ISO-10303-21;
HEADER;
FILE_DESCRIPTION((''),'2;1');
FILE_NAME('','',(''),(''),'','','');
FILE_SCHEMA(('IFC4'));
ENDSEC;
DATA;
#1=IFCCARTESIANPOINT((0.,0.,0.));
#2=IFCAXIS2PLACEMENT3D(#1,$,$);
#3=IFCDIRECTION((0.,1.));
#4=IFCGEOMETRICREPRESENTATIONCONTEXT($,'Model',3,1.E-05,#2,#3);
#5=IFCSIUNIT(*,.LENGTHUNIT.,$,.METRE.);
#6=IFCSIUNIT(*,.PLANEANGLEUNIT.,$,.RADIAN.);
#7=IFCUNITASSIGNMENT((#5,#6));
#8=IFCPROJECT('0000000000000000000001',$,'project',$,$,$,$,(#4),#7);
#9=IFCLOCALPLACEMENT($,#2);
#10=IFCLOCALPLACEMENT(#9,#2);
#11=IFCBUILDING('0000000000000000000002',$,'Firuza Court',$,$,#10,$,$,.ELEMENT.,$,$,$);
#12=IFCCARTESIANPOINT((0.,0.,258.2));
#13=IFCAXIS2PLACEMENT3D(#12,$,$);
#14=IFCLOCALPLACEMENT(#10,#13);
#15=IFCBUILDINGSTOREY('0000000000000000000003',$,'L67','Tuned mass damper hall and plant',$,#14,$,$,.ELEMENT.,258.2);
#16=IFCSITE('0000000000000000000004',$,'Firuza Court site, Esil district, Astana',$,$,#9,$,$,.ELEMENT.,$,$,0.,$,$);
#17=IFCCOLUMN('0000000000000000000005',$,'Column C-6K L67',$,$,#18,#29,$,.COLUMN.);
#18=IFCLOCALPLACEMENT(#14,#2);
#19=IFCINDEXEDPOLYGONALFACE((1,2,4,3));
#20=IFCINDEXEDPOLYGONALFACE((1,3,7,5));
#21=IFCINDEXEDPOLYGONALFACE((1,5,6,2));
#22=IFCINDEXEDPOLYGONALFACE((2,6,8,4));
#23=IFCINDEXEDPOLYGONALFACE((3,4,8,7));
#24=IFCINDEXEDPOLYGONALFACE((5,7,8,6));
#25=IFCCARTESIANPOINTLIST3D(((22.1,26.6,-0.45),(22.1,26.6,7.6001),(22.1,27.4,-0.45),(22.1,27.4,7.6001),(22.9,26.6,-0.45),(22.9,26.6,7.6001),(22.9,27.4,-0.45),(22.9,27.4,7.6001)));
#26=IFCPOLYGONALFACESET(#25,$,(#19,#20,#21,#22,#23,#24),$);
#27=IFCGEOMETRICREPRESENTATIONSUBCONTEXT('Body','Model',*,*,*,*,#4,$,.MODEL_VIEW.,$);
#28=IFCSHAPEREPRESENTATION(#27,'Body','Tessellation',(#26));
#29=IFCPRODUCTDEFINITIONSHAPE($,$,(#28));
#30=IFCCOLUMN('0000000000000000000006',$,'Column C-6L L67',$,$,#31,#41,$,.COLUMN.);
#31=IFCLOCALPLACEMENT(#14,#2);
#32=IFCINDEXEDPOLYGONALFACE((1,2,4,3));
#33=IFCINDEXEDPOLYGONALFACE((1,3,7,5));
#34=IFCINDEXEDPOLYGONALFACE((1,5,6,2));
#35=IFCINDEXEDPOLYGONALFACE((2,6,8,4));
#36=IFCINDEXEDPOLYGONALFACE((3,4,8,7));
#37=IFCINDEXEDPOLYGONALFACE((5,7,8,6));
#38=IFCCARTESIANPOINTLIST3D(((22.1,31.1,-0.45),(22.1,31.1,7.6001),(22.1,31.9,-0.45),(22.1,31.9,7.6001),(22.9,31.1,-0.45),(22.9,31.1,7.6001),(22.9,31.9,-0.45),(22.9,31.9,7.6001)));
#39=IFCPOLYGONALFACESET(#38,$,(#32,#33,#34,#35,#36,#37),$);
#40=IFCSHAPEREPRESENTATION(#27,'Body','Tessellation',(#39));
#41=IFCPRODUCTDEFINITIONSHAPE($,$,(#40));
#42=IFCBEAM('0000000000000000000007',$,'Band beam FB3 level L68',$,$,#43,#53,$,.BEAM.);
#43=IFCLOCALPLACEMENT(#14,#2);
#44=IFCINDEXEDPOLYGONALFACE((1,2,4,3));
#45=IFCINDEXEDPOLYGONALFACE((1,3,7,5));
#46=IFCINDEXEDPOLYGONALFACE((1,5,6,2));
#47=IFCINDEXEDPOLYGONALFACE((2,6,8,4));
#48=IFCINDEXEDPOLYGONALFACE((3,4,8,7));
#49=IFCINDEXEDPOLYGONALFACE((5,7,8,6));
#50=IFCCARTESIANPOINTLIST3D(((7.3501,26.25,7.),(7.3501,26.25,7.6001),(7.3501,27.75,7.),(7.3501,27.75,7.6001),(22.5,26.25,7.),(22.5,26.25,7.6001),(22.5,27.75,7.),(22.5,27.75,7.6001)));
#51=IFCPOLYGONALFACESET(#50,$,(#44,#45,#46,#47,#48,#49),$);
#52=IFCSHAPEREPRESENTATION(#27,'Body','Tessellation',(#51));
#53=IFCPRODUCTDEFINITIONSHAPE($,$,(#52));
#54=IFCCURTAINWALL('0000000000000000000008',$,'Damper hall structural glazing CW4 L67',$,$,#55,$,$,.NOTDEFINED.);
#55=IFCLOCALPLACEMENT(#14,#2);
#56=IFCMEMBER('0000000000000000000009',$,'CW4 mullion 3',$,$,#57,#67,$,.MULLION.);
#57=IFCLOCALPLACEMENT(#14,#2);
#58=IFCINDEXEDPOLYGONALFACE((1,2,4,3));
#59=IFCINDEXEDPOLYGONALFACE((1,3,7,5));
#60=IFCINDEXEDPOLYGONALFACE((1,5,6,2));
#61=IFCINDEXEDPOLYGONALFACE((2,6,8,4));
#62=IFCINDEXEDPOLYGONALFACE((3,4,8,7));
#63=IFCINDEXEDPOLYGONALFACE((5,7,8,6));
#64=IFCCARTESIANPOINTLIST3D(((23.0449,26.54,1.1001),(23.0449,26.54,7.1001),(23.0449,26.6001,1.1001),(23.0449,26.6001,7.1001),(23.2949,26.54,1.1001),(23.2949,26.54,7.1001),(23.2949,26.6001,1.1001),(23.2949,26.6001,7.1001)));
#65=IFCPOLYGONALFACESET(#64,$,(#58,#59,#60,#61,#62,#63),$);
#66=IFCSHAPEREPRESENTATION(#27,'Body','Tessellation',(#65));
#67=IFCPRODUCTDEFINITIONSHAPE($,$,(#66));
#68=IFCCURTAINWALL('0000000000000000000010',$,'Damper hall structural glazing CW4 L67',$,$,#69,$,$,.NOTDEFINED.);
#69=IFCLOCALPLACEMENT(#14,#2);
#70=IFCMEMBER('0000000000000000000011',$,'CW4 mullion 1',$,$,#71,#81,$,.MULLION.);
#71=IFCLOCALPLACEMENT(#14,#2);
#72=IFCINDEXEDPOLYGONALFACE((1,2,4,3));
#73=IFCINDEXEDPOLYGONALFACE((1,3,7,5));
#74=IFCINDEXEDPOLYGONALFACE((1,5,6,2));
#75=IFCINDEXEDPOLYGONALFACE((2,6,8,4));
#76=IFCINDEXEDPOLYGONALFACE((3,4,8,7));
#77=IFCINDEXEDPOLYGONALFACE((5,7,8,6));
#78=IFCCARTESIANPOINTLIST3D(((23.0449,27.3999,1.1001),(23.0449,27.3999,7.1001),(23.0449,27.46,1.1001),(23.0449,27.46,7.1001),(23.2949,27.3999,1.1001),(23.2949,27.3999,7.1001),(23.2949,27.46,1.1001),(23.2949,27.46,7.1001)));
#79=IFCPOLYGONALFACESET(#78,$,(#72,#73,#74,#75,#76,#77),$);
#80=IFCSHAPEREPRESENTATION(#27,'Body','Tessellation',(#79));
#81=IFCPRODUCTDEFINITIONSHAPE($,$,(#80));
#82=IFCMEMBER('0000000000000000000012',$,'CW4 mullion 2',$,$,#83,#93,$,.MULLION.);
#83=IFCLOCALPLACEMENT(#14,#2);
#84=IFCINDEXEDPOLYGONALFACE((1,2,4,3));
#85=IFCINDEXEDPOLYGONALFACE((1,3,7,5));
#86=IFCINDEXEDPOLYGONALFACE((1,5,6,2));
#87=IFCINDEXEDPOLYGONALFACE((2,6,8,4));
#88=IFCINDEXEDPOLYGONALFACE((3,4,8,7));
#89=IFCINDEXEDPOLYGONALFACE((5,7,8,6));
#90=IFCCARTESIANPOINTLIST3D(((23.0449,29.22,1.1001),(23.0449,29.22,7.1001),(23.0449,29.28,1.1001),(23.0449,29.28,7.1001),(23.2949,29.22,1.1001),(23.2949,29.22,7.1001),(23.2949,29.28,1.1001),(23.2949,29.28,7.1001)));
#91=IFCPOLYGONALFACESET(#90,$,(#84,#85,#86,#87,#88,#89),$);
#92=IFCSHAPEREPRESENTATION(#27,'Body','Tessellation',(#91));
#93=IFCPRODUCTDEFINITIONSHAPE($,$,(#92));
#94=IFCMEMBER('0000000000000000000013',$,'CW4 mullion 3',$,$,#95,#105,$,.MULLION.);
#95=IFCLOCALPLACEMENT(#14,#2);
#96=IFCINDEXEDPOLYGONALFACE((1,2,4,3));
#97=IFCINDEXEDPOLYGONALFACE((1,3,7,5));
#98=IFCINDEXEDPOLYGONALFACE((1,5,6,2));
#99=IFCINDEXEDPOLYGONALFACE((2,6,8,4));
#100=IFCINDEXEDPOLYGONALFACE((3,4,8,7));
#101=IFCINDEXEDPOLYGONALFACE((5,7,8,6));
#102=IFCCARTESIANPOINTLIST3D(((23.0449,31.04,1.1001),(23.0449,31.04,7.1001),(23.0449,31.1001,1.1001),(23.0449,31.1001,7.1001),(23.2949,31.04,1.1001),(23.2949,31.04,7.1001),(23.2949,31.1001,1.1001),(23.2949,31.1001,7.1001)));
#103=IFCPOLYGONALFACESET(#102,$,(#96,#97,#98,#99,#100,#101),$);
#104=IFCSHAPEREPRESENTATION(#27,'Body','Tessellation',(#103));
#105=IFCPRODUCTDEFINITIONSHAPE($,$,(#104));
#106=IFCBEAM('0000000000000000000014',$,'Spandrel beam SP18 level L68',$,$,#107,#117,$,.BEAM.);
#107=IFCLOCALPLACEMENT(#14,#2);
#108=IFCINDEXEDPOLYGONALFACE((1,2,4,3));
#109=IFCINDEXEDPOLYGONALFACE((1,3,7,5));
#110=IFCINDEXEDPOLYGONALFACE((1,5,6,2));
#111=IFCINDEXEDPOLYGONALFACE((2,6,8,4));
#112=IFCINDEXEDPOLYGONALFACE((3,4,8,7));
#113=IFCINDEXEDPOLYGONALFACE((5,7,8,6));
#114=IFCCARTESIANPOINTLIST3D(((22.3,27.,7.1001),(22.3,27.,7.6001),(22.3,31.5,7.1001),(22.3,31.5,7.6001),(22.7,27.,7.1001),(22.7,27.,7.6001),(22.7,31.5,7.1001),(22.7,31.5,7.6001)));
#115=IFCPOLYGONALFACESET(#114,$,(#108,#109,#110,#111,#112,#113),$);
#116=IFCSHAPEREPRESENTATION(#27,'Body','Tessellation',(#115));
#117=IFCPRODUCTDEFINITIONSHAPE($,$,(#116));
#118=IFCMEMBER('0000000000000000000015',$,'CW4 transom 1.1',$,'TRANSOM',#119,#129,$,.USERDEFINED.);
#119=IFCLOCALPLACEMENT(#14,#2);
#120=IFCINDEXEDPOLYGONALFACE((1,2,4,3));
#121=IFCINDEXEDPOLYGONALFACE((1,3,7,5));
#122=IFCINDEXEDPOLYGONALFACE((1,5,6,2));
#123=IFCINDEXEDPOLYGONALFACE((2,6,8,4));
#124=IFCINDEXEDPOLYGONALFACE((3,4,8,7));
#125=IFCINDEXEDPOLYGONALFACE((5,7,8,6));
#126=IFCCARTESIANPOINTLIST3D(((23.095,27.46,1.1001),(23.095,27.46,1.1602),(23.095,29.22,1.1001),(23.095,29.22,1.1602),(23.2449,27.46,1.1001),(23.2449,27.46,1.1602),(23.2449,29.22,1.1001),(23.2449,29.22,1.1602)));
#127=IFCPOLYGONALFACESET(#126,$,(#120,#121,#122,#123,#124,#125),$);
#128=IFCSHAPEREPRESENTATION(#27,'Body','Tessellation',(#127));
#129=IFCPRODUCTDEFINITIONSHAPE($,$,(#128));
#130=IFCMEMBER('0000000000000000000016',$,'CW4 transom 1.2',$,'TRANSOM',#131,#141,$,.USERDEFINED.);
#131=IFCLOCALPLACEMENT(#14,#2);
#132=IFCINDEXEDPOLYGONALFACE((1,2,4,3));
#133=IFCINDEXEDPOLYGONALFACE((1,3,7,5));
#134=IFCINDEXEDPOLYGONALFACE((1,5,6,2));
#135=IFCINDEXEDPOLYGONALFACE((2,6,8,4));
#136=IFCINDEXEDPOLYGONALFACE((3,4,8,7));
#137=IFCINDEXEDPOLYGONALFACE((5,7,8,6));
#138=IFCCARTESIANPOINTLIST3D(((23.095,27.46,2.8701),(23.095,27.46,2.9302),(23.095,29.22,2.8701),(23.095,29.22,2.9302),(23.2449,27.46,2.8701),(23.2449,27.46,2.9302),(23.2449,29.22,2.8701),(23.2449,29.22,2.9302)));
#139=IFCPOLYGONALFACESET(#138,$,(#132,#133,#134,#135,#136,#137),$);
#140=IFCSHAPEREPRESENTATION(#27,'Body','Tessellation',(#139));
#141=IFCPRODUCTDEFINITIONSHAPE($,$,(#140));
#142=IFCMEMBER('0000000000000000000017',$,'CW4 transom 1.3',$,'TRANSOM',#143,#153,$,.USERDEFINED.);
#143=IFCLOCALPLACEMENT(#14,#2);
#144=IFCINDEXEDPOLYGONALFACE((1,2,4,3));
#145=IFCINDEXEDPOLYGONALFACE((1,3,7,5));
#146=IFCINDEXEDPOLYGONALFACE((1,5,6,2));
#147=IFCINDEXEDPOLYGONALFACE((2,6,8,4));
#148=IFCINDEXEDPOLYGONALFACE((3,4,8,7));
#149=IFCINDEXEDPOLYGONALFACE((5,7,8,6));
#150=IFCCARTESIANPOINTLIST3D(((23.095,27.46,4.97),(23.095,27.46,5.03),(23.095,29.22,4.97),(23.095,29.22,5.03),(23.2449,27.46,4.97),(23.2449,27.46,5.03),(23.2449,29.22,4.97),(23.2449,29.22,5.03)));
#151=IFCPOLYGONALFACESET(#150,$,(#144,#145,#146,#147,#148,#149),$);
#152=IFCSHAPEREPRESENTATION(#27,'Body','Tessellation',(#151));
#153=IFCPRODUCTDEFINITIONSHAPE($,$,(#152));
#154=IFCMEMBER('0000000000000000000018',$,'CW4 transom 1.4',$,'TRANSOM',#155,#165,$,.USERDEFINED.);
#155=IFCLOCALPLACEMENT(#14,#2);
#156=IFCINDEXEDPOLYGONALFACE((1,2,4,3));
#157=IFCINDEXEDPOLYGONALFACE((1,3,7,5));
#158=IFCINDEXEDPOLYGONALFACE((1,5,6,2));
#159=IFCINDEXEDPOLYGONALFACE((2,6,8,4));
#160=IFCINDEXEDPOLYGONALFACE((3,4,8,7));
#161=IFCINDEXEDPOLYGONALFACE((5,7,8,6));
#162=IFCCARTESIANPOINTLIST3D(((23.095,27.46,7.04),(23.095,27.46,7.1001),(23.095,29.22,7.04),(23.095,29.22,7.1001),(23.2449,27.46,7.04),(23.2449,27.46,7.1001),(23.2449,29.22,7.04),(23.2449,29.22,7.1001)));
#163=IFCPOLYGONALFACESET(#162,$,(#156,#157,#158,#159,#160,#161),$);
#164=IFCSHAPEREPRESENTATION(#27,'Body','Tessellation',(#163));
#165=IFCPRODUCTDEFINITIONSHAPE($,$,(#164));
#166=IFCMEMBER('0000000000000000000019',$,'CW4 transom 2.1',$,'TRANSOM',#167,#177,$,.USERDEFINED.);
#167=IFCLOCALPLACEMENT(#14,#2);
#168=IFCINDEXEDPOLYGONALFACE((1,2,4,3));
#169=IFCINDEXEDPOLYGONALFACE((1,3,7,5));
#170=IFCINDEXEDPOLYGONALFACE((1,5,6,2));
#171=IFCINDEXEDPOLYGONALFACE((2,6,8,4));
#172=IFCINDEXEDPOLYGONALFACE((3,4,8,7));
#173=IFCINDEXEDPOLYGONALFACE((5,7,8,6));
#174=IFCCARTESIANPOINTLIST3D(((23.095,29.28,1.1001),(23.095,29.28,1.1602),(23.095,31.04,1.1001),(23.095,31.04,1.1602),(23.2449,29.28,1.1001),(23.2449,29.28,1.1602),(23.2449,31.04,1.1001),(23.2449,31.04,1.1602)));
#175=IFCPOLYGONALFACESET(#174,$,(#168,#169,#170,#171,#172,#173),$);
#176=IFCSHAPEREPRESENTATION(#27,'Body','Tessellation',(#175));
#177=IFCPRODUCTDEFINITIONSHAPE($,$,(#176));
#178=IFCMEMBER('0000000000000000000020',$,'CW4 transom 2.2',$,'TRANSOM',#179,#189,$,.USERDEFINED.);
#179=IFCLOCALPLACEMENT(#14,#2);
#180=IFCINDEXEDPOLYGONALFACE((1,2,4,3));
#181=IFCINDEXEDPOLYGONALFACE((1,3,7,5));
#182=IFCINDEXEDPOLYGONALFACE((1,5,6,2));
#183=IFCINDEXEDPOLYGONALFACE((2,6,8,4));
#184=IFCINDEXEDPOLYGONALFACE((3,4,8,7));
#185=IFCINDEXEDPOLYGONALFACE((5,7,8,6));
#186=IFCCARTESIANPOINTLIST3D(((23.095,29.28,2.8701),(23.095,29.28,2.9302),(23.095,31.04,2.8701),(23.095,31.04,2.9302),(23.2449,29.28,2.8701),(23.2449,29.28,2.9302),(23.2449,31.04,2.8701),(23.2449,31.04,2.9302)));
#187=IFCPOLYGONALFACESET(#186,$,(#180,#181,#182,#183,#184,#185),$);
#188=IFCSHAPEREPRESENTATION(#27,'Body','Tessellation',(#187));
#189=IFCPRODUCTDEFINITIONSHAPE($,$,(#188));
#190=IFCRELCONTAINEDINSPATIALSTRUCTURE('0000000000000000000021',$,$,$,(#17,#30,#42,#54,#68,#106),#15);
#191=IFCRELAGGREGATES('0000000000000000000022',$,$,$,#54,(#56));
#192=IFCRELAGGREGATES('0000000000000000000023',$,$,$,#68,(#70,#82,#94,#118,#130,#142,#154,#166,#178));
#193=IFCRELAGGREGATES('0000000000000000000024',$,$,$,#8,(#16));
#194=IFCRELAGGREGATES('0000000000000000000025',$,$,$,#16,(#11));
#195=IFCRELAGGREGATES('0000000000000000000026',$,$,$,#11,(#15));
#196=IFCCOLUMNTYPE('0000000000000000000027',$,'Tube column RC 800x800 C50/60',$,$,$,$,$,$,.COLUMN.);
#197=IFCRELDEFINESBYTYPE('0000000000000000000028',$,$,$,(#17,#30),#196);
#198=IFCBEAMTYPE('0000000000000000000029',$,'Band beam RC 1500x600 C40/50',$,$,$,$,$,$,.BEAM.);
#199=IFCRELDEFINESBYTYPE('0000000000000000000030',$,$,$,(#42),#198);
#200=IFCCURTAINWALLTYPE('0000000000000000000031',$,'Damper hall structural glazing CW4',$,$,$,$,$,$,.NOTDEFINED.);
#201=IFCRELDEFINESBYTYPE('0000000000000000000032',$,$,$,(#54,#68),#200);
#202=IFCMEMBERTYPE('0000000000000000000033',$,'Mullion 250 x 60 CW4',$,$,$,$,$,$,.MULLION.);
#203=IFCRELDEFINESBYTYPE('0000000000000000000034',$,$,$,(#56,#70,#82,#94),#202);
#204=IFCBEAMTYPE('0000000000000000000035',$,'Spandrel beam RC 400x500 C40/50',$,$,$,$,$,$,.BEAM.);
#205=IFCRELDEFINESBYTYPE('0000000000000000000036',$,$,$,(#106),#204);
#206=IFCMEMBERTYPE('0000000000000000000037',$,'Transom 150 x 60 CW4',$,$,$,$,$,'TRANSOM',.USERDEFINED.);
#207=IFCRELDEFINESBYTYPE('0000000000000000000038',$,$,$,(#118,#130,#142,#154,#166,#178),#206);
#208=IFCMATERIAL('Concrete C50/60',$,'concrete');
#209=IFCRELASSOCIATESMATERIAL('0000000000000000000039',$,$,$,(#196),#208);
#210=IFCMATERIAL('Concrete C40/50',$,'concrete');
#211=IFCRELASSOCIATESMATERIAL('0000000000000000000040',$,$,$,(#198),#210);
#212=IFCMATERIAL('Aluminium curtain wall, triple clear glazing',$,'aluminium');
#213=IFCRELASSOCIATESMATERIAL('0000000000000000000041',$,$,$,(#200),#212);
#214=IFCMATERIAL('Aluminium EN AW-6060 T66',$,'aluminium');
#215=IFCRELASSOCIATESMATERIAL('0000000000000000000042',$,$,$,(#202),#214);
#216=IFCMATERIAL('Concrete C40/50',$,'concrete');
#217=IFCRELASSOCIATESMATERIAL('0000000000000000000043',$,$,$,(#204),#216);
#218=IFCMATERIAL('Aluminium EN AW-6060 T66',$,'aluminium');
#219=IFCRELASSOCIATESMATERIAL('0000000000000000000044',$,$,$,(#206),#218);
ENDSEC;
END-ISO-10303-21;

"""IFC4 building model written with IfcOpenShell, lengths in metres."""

from ifc_helpers import new_model, si_unit, direction, frame, origin, origin_2d, place, context, subcontext, project, spatial, rectangle, extrude, material, material_profile, profile_set, type_object, element, aggregate, save


model = new_model("IFC4")

# Units and contexts
model_context = context("Model", 3, precision=1e-05, world=origin(), true_north=direction((0.0, 1.0)))
body_context = subcontext(model_context, "Body", "Model", "MODEL_VIEW")
ifc_project = project(units=[si_unit("LENGTHUNIT", "METRE"), si_unit("PLANEANGLEUNIT", "RADIAN")], contexts=[model_context])

# Site, building, storey
site_placement = place(None, origin())
site = spatial("IfcSite", under=ifc_project, at=site_placement, Name="Firuza Court site, Esil district, Astana", CompositionType="ELEMENT", RefElevation=0.0)
building_placement = place(site_placement, origin())
building = spatial("IfcBuilding", under=site, at=building_placement, Name="Firuza Court", CompositionType="ELEMENT")
storey_placement = place(building_placement, frame((0.0, 0.0, 258.2)))
storey = spatial("IfcBuildingStorey", under=building, at=storey_placement, Name="L67", Description="Tuned mass damper hall and plant", CompositionType="ELEMENT", Elevation=258.2)

# Columns
ifc_material_1 = material(Name="Concrete C50/60", Category="concrete")
ifc_material_profile_1 = material_profile(ifc_material_1, rectangle(XDim=0.8, YDim=0.8, at=origin_2d()), Name="RC 800x800")
ifc_profile_set_1 = profile_set([ifc_material_profile_1], Name="Concrete C50/60")
column_type = type_object("IfcColumnType", Name="Tube column RC 800x800 C50/60", PredefinedType="COLUMN", material=ifc_profile_set_1)
for number, where, z_axis, x_axis, name in (
    (1, (22.5, 27.0, -0.45), (0.0, 0.0, 1.0), (1.0, 0.0, 0.0), "Column C-6K L67"),
    (2, (22.5, 31.5, -0.45), (0.0, 0.0, 1.0), (1.0, 0.0, 0.0), "Column C-6L L67"),
):
    element("IfcColumn", number, at=place(storey_placement, frame(where, z_axis=z_axis, x_axis=x_axis)), inside=storey, type_object=column_type, Name=name, PredefinedType="COLUMN", context=body_context, shape_type="SweptSolid", body=[
        extrude(rectangle(XDim=0.8, YDim=0.8, at=origin_2d()), origin(), (0.0, 0.0, 1.0), 8.05),
    ])

# Beam
ifc_material_2 = material(Name="Concrete C40/50", Category="concrete")
ifc_material_profile_2 = material_profile(ifc_material_2, rectangle(XDim=1.5, YDim=0.6001, at=origin_2d()), Name="RC 1500x600")
ifc_profile_set_2 = profile_set([ifc_material_profile_2], Name="Concrete C40/50")
beam_type_1 = type_object("IfcBeamType", Name="Band beam RC 1500x600 C40/50", PredefinedType="BEAM", material=ifc_profile_set_2)
beam_1_placement = place(storey_placement, frame((22.5, 27.0, 7.3), z_axis=(-1.0, 0.0, 0.0), x_axis=(0.0, -1.0, 0.0)))
element("IfcBeam", 3, at=beam_1_placement, inside=storey, type_object=beam_type_1, Name="Band beam FB3 level L68", PredefinedType="BEAM", context=body_context, shape_type="SweptSolid", body=[
    extrude(rectangle(XDim=1.5, YDim=0.6001, at=origin_2d()), origin(), (0.0, 0.0, 1.0), 15.1499),
])

# Curtain wall, member
ifc_material_3 = material(Name="Aluminium curtain wall, triple clear glazing", Category="aluminium")
curtain_wall_type = type_object("IfcCurtainWallType", Name="Damper hall structural glazing CW4", PredefinedType="NOTDEFINED", material=ifc_material_3)
curtain_wall_1_placement = place(storey_placement, origin())
curtain_wall_1 = element("IfcCurtainWall", 4, at=curtain_wall_1_placement, inside=storey, type_object=curtain_wall_type, Name="Damper hall structural glazing CW4 L67", PredefinedType="NOTDEFINED")
ifc_material_4 = material(Name="Aluminium EN AW-6060 T66", Category="aluminium")
ifc_material_profile_3 = material_profile(ifc_material_4, rectangle(XDim=0.25, YDim=0.0601, at=origin_2d()), Name="Mullion 250 x 60 CW4")
ifc_profile_set_3 = profile_set([ifc_material_profile_3], Name="Aluminium EN AW-6060 T66")
member_type_1 = type_object("IfcMemberType", Name="Mullion 250 x 60 CW4", PredefinedType="MULLION", material=ifc_profile_set_3)
member_1_placement = place(storey_placement, frame((23.1699, 26.5701, 1.1001), z_axis=(0.0, 0.0, 1.0), x_axis=(-1.0, 0.0, 0.0)))
member_1 = element("IfcMember", 5, at=member_1_placement, type_object=member_type_1, Name="CW4 mullion 3", PredefinedType="MULLION", context=body_context, shape_type="SweptSolid", body=[
    extrude(rectangle(XDim=0.25, YDim=0.0601, at=origin_2d()), origin(), (0.0, 0.0, 1.0), 6.0),
])

# Curtain wall, members
curtain_wall_2_placement = place(storey_placement, origin())
curtain_wall_2 = element("IfcCurtainWall", 6, at=curtain_wall_2_placement, inside=storey, type_object=curtain_wall_type, Name="Damper hall structural glazing CW4 L67", PredefinedType="NOTDEFINED")
member_2_placement = place(storey_placement, frame((23.1699, 27.4299, 1.1001), z_axis=(0.0, 0.0, 1.0), x_axis=(-1.0, 0.0, 0.0)))
member_2 = element("IfcMember", 7, at=member_2_placement, type_object=member_type_1, Name="CW4 mullion 1", PredefinedType="MULLION", context=body_context, shape_type="SweptSolid", body=[
    extrude(rectangle(XDim=0.25, YDim=0.0601, at=origin_2d()), origin(), (0.0, 0.0, 1.0), 6.0),
])
member_3_placement = place(storey_placement, frame((23.1699, 29.25, 1.1001), z_axis=(0.0, 0.0, 1.0), x_axis=(-1.0, 0.0, 0.0)))
member_3 = element("IfcMember", 8, at=member_3_placement, type_object=member_type_1, Name="CW4 mullion 2", PredefinedType="MULLION", context=body_context, shape_type="SweptSolid", body=[
    extrude(rectangle(XDim=0.25, YDim=0.0601, at=origin_2d()), origin(), (0.0, 0.0, 1.0), 6.0),
])
member_4_placement = place(storey_placement, frame((23.1699, 31.0701, 1.1001), z_axis=(0.0, 0.0, 1.0), x_axis=(-1.0, 0.0, 0.0)))
member_4 = element("IfcMember", 9, at=member_4_placement, type_object=member_type_1, Name="CW4 mullion 3", PredefinedType="MULLION", context=body_context, shape_type="SweptSolid", body=[
    extrude(rectangle(XDim=0.25, YDim=0.0601, at=origin_2d()), origin(), (0.0, 0.0, 1.0), 6.0),
])

# Beam
ifc_material_5 = material(Name="Concrete C40/50", Category="concrete")
ifc_material_profile_4 = material_profile(ifc_material_5, rectangle(XDim=0.3999, YDim=0.5, at=origin_2d()), Name="RC 400x500")
ifc_profile_set_4 = profile_set([ifc_material_profile_4], Name="Concrete C40/50")
beam_type_2 = type_object("IfcBeamType", Name="Spandrel beam RC 400x500 C40/50", PredefinedType="BEAM", material=ifc_profile_set_4)
beam_2_placement = place(storey_placement, frame((22.5, 27.0, 7.3501), z_axis=(0.0, 1.0, 0.0), x_axis=(-1.0, 0.0, 0.0)))
element("IfcBeam", 10, at=beam_2_placement, inside=storey, type_object=beam_type_2, Name="Spandrel beam SP18 level L68", PredefinedType="BEAM", context=body_context, shape_type="SweptSolid", body=[
    extrude(rectangle(XDim=0.3999, YDim=0.5, at=origin_2d()), origin(), (0.0, 0.0, 1.0), 4.5),
])

# Members
ifc_material_6 = material(Name="Aluminium EN AW-6060 T66", Category="aluminium")
ifc_material_profile_5 = material_profile(ifc_material_6, rectangle(XDim=0.1499, YDim=0.0601, at=origin_2d()), Name="Transom 150 x 60 CW4")
ifc_profile_set_5 = profile_set([ifc_material_profile_5], Name="Aluminium EN AW-6060 T66")
member_type_2 = type_object("IfcMemberType", Name="Transom 150 x 60 CW4", ElementType="TRANSOM", PredefinedType="USERDEFINED", material=ifc_profile_set_5)
member_5_placement = place(storey_placement, frame((23.1699, 27.46, 1.1301), z_axis=(0.0, 1.0, 0.0), x_axis=(-1.0, 0.0, 0.0)))
member_5 = element("IfcMember", 11, at=member_5_placement, type_object=member_type_2, Name="CW4 transom 1.1", ObjectType="TRANSOM", PredefinedType="USERDEFINED", context=body_context, shape_type="SweptSolid", body=[
    extrude(rectangle(XDim=0.1499, YDim=0.0601, at=origin_2d()), origin(), (0.0, 0.0, 1.0), 1.76),
])
member_6_placement = place(storey_placement, frame((23.1699, 27.46, 2.9001), z_axis=(0.0, 1.0, 0.0), x_axis=(-1.0, 0.0, 0.0)))
member_6 = element("IfcMember", 12, at=member_6_placement, type_object=member_type_2, Name="CW4 transom 1.2", ObjectType="TRANSOM", PredefinedType="USERDEFINED", context=body_context, shape_type="SweptSolid", body=[
    extrude(rectangle(XDim=0.1499, YDim=0.0601, at=origin_2d()), origin(), (0.0, 0.0, 1.0), 1.76),
])
member_7_placement = place(storey_placement, frame((23.1699, 27.46, 5.0), z_axis=(0.0, 1.0, 0.0), x_axis=(-1.0, 0.0, 0.0)))
member_7 = element("IfcMember", 13, at=member_7_placement, type_object=member_type_2, Name="CW4 transom 1.3", ObjectType="TRANSOM", PredefinedType="USERDEFINED", context=body_context, shape_type="SweptSolid", body=[
    extrude(rectangle(XDim=0.1499, YDim=0.0601, at=origin_2d()), origin(), (0.0, 0.0, 1.0), 1.76),
])
member_8_placement = place(storey_placement, frame((23.1699, 27.46, 7.0701), z_axis=(0.0, 1.0, 0.0), x_axis=(-1.0, 0.0, 0.0)))
member_8 = element("IfcMember", 14, at=member_8_placement, type_object=member_type_2, Name="CW4 transom 1.4", ObjectType="TRANSOM", PredefinedType="USERDEFINED", context=body_context, shape_type="SweptSolid", body=[
    extrude(rectangle(XDim=0.1499, YDim=0.0601, at=origin_2d()), origin(), (0.0, 0.0, 1.0), 1.76),
])
member_9_placement = place(storey_placement, frame((23.1699, 29.28, 1.1301), z_axis=(0.0, 1.0, 0.0), x_axis=(-1.0, 0.0, 0.0)))
member_9 = element("IfcMember", 15, at=member_9_placement, type_object=member_type_2, Name="CW4 transom 2.1", ObjectType="TRANSOM", PredefinedType="USERDEFINED", context=body_context, shape_type="SweptSolid", body=[
    extrude(rectangle(XDim=0.1499, YDim=0.0601, at=origin_2d()), origin(), (0.0, 0.0, 1.0), 1.76),
])
member_10_placement = place(storey_placement, frame((23.1699, 29.28, 2.9001), z_axis=(0.0, 1.0, 0.0), x_axis=(-1.0, 0.0, 0.0)))
member_10 = element("IfcMember", 16, at=member_10_placement, type_object=member_type_2, Name="CW4 transom 2.2", ObjectType="TRANSOM", PredefinedType="USERDEFINED", context=body_context, shape_type="SweptSolid", body=[
    extrude(rectangle(XDim=0.1499, YDim=0.0601, at=origin_2d()), origin(), (0.0, 0.0, 1.0), 1.76),
])

aggregate(curtain_wall_1, [member_1])
aggregate(curtain_wall_2, [member_2, member_3, member_4, member_5, member_6, member_7, member_8, member_9, member_10])

save(model, "model.ifc")
